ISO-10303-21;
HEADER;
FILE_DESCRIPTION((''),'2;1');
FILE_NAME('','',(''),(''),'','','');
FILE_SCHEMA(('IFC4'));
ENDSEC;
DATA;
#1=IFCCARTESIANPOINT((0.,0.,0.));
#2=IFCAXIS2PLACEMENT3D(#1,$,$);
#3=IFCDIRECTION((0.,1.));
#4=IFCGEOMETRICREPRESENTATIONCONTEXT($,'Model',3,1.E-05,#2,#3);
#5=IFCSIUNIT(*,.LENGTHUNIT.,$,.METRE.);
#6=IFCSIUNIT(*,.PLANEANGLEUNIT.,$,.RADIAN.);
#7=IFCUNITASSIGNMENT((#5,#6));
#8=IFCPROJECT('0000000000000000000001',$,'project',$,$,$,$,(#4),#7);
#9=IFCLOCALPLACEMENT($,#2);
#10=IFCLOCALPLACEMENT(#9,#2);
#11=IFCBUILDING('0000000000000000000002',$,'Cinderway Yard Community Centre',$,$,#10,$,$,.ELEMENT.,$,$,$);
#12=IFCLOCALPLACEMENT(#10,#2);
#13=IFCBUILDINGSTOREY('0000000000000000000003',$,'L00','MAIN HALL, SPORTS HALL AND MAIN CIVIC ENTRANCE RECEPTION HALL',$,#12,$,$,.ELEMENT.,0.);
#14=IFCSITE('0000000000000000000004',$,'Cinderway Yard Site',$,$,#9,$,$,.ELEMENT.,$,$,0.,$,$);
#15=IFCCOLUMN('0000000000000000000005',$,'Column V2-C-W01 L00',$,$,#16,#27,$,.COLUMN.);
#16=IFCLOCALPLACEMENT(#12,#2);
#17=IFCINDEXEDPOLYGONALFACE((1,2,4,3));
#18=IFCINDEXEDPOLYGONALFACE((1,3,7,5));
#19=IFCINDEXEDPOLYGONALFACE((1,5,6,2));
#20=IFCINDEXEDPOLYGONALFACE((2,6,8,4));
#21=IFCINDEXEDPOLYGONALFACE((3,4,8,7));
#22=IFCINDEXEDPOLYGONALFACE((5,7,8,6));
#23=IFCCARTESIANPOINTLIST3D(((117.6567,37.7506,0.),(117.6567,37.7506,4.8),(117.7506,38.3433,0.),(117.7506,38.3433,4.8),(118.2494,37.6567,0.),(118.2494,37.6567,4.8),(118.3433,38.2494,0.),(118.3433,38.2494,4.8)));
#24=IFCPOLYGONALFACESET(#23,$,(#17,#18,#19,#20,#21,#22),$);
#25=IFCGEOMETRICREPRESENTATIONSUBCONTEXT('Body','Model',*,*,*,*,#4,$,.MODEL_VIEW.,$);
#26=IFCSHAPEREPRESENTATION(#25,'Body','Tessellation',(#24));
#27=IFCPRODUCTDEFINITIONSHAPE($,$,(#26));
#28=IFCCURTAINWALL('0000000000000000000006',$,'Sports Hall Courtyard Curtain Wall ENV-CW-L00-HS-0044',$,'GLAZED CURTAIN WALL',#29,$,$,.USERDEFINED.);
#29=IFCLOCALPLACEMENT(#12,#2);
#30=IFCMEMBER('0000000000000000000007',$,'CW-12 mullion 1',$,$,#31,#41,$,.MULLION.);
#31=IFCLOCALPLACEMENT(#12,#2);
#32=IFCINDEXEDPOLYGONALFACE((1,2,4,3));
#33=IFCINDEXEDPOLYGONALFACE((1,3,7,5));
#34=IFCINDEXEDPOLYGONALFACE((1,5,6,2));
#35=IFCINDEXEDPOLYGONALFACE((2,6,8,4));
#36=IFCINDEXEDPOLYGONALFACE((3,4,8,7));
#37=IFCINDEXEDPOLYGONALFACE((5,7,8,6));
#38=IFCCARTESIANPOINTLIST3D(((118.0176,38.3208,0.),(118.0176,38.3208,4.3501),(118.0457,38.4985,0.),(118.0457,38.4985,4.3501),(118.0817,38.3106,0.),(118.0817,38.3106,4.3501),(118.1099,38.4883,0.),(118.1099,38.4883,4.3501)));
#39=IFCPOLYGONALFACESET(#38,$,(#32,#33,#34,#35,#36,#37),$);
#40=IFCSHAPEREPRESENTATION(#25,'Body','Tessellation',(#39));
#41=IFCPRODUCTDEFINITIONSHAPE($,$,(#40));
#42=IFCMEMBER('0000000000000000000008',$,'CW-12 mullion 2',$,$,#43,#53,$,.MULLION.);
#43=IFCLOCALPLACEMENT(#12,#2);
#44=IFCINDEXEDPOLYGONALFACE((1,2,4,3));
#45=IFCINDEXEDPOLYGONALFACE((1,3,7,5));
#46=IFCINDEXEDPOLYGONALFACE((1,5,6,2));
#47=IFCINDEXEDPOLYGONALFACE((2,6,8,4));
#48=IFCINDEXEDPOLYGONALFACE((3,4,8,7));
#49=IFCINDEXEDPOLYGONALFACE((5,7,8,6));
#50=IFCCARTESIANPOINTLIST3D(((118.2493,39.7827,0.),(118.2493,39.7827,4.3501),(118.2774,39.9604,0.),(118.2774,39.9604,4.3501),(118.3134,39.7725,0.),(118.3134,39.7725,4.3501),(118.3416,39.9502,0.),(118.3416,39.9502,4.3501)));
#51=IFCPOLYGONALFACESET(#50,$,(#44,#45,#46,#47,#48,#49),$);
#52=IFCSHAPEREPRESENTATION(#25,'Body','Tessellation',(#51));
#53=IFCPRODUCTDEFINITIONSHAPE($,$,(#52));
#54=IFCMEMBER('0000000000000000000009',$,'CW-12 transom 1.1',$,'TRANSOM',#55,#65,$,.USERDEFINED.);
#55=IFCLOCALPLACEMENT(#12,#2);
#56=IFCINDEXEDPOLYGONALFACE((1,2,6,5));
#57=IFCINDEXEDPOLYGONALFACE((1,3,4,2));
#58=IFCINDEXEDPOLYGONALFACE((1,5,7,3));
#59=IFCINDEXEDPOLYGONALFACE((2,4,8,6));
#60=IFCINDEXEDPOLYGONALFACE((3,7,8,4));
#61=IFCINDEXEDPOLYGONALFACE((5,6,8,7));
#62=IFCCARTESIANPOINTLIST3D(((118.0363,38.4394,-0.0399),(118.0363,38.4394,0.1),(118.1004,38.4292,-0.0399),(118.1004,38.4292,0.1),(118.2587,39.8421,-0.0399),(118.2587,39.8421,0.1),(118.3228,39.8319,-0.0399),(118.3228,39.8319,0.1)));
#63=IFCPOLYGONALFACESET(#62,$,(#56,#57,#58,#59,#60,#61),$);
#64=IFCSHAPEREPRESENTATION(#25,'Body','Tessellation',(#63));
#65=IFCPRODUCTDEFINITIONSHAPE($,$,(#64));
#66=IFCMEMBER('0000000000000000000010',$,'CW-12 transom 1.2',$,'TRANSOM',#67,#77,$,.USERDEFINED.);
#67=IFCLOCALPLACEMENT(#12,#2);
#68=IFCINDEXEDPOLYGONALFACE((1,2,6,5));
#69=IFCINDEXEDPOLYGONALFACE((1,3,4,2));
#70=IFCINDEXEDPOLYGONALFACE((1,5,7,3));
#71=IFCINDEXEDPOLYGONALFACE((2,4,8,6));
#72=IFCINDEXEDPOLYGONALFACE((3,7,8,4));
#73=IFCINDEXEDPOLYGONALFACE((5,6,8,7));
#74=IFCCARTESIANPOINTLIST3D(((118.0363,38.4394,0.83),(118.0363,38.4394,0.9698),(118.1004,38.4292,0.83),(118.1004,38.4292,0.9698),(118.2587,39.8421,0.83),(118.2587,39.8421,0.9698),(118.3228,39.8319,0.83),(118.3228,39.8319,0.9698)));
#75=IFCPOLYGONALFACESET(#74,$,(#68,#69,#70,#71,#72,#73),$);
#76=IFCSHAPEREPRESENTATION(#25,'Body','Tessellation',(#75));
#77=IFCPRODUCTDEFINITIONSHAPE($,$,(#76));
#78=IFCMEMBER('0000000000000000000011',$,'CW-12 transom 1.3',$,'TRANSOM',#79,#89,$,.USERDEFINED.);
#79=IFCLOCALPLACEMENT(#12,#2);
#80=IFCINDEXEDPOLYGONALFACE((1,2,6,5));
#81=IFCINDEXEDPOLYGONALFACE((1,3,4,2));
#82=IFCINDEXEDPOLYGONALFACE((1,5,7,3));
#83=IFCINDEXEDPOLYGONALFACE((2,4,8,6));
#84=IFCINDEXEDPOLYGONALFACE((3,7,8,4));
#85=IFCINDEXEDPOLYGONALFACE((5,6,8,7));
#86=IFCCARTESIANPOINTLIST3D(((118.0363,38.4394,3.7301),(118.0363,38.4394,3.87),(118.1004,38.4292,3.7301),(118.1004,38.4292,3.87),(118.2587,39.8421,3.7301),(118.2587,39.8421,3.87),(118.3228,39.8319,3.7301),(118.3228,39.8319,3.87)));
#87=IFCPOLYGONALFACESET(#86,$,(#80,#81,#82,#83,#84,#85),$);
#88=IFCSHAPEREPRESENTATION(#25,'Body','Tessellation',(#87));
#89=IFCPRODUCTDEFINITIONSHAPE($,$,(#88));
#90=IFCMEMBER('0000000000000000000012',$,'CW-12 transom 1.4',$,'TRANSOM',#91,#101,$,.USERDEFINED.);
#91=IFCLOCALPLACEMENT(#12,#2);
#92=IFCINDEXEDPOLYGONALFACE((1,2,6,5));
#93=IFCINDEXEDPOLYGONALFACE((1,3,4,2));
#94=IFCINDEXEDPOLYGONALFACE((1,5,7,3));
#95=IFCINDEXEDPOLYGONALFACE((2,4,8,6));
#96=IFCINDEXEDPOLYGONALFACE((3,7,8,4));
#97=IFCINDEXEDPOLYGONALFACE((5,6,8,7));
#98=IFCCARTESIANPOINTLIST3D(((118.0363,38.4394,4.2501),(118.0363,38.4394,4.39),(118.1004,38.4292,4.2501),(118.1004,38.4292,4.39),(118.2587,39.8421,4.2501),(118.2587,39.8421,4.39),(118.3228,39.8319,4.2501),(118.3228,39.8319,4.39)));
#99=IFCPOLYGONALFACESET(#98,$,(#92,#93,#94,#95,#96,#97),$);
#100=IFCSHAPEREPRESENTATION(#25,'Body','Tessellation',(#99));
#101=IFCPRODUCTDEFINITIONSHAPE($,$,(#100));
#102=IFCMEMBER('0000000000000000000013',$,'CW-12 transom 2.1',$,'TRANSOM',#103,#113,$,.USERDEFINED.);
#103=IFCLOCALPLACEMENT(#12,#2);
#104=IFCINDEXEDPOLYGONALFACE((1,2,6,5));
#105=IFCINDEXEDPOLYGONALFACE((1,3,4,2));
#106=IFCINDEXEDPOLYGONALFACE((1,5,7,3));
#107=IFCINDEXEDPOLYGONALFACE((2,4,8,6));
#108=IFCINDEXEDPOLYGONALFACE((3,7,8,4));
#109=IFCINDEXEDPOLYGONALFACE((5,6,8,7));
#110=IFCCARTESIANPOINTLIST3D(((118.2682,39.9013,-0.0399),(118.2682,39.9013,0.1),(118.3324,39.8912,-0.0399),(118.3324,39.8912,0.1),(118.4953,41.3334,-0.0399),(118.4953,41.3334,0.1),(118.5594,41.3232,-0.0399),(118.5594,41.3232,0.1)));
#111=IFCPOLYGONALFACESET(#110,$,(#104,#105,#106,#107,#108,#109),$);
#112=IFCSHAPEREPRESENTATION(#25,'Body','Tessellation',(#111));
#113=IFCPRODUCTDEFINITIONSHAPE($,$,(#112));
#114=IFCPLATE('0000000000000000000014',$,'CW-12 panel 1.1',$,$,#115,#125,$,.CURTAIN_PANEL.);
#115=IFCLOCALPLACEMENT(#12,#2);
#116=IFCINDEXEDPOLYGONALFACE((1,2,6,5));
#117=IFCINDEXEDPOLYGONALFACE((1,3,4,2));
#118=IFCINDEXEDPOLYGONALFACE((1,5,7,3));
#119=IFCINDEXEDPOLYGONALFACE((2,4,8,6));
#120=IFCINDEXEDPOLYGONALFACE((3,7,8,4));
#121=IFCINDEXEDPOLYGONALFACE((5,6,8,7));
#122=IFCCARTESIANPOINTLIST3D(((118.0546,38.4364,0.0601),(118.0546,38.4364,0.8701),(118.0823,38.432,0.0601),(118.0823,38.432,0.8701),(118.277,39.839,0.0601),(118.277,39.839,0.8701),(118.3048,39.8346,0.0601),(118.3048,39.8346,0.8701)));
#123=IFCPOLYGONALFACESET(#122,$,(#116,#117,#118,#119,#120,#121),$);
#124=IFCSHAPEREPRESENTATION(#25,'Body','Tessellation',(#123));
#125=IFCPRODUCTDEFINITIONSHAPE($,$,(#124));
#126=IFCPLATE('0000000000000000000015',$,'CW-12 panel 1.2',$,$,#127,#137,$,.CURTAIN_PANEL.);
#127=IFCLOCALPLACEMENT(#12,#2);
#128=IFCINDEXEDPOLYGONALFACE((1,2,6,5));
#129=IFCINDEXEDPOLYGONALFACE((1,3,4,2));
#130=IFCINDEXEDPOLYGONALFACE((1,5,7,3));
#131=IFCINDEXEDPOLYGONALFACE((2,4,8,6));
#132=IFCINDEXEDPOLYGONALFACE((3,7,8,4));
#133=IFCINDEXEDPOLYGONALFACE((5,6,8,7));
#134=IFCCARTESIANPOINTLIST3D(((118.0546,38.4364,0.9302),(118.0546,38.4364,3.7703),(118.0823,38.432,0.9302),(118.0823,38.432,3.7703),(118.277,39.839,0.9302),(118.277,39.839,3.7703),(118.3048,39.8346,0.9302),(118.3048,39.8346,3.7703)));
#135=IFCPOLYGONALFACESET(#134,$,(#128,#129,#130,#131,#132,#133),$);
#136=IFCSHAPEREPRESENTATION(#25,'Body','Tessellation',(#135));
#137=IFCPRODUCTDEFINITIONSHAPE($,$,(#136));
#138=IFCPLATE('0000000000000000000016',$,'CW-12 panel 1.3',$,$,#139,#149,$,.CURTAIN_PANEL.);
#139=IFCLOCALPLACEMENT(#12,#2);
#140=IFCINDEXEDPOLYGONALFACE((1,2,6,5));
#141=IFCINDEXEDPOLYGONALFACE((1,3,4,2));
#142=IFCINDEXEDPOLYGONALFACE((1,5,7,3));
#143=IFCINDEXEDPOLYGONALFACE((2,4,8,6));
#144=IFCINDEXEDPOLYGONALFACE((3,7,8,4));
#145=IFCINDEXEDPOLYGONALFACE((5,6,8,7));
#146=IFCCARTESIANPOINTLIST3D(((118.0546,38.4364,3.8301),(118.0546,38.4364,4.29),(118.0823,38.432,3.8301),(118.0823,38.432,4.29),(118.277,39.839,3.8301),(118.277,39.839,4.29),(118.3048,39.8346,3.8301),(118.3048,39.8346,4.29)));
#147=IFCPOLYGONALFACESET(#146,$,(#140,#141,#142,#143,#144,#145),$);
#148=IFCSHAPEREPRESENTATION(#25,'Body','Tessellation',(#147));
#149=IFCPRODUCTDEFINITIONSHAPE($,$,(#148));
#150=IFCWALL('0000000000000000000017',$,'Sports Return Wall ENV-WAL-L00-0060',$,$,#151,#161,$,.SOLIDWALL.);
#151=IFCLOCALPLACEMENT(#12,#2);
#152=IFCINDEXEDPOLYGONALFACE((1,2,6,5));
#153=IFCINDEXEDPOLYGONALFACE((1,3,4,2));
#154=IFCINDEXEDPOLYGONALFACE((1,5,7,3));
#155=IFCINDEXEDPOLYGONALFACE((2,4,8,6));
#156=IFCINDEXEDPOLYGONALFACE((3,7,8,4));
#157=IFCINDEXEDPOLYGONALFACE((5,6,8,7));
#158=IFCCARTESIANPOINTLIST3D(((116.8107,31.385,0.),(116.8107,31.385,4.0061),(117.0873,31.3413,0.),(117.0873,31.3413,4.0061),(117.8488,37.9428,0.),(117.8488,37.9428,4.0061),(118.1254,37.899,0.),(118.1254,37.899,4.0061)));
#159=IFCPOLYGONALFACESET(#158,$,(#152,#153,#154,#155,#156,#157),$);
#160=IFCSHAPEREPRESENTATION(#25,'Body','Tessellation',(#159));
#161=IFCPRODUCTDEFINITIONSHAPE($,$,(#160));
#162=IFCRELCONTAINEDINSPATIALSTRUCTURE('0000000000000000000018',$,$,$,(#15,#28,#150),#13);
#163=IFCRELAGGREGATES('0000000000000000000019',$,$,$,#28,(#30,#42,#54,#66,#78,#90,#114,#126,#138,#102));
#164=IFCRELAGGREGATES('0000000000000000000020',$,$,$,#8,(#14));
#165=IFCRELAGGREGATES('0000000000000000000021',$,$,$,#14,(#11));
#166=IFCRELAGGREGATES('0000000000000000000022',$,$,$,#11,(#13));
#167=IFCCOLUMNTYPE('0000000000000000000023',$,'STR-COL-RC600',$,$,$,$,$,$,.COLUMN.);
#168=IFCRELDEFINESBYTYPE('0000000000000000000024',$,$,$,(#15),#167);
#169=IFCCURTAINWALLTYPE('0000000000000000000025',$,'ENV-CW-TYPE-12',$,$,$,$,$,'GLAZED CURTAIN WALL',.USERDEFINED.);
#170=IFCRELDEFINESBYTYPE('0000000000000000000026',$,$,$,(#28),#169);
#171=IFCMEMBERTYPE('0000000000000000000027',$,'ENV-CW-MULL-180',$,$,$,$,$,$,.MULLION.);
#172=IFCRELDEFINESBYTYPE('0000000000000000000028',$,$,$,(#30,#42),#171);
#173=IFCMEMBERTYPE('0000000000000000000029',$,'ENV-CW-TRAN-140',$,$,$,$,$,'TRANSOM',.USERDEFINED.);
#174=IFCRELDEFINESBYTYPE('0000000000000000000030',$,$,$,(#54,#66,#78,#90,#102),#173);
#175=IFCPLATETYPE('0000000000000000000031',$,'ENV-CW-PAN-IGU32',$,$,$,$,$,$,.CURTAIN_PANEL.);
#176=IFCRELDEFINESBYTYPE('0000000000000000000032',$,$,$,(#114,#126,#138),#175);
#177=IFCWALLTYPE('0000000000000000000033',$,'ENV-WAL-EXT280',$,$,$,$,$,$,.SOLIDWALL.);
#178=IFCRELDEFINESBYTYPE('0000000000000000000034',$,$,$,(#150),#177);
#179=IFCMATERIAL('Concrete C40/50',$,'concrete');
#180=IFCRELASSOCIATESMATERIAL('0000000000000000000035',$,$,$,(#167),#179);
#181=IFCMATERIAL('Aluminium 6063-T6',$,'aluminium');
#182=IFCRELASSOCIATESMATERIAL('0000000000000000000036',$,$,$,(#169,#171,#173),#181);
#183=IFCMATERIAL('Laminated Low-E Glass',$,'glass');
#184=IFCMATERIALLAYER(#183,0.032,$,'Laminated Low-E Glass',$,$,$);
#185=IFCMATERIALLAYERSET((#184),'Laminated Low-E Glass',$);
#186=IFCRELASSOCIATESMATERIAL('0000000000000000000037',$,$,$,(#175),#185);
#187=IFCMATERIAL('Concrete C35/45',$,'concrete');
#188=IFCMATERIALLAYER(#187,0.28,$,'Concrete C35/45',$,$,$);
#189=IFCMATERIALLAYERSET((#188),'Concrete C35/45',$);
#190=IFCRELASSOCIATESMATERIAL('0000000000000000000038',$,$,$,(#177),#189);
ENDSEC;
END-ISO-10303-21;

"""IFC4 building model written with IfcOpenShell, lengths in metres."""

from ifc_helpers import new_model, si_unit, direction, frame, frame_2d, origin, origin_2d, place, context, subcontext, project, spatial, rectangle, extrude, material, layer, layer_set, material_profile, profile_set, type_object, element, aggregate, save


model = new_model("IFC4")

# Units and contexts
model_context = context("Model", 3, precision=1e-05, world=origin(), true_north=direction((0.0, 1.0)))
body_context = subcontext(model_context, "Body", "Model", "MODEL_VIEW")
ifc_project = project(units=[si_unit("LENGTHUNIT", "METRE"), si_unit("PLANEANGLEUNIT", "RADIAN")], contexts=[model_context])

# Site, building, storey
site_placement = place(None, origin())
site = spatial("IfcSite", under=ifc_project, at=site_placement, Name="Cinderway Yard Site", CompositionType="ELEMENT", RefElevation=0.0)
building_placement = place(site_placement, origin())
building = spatial("IfcBuilding", under=site, at=building_placement, Name="Cinderway Yard Community Centre", CompositionType="ELEMENT")
storey_placement = place(building_placement, origin())
storey = spatial("IfcBuildingStorey", under=building, at=storey_placement, Name="L00", Description="MAIN HALL, SPORTS HALL AND MAIN CIVIC ENTRANCE RECEPTION HALL", CompositionType="ELEMENT", Elevation=0.0)

# Shared definitions
ifc_material_1 = material(Name="Concrete C40/50", Category="concrete")

# Column
ifc_material_profile_1 = material_profile(ifc_material_1, rectangle(XDim=0.6001, YDim=0.6001, at=origin_2d()), Name="Concrete C40/50")
ifc_profile_set_1 = profile_set([ifc_material_profile_1], Name="Concrete C40/50")
column_type_1 = type_object("IfcColumnType", Name="STR-COL-RC600", PredefinedType="COLUMN", material=ifc_profile_set_1)
column_1_placement = place(storey_placement, frame((118.0, 38.0, 0.0), z_axis=(0.0, 0.0, 1.0), x_axis=(0.987688, -0.156434, 0.0)))
element("IfcColumn", 1, at=column_1_placement, inside=storey, type_object=column_type_1, Name="Column V2-C-W01 L00", PredefinedType="COLUMN", context=body_context, shape_type="SweptSolid", body=[
    extrude(rectangle(XDim=0.6001, YDim=0.6001, at=origin_2d()), origin(), (0.0, 0.0, 1.0), 4.8),
])

# Curtain wall, members, plates
ifc_material_2 = material(Name="Aluminium 6063-T6", Category="aluminium")
curtain_wall_type = type_object("IfcCurtainWallType", Name="ENV-CW-TYPE-12", ElementType="GLAZED CURTAIN WALL", PredefinedType="USERDEFINED", material=ifc_material_2)
curtain_wall_placement = place(storey_placement, origin())
curtain_wall = element("IfcCurtainWall", 2, at=curtain_wall_placement, inside=storey, type_object=curtain_wall_type, Name="Sports Hall Courtyard Curtain Wall ENV-CW-L00-HS-0044", ObjectType="GLAZED CURTAIN WALL", PredefinedType="USERDEFINED")
ifc_material_profile_2 = material_profile(ifc_material_2, rectangle(XDim=0.0649, YDim=0.1799, at=origin_2d()), Name="Aluminium 6063-T6")
ifc_profile_set_2 = profile_set([ifc_material_profile_2], Name="Aluminium 6063-T6")
member_type_1 = type_object("IfcMemberType", Name="ENV-CW-MULL-180", PredefinedType="MULLION", material=ifc_profile_set_2)
member_1_placement = place(storey_placement, frame((118.0637, 38.4045, 0.0), z_axis=(0.0, 0.0, 1.0), x_axis=(-0.987661, 0.156609, 0.0)))
member_1 = element("IfcMember", 3, at=member_1_placement, type_object=member_type_1, Name="CW-12 mullion 1", PredefinedType="MULLION", context=body_context, shape_type="SweptSolid", body=[
    extrude(rectangle(XDim=0.0649, YDim=0.1799, at=origin_2d()), origin(), (0.0, 0.0, 1.0), 4.3501),
])
member_2_placement = place(storey_placement, frame((118.2954, 39.8665, 0.0), z_axis=(0.0, 0.0, 1.0), x_axis=(-0.987661, 0.156609, 0.0)))
member_2 = element("IfcMember", 4, at=member_2_placement, type_object=member_type_1, Name="CW-12 mullion 2", PredefinedType="MULLION", context=body_context, shape_type="SweptSolid", body=[
    extrude(rectangle(XDim=0.0649, YDim=0.1799, at=origin_2d()), origin(), (0.0, 0.0, 1.0), 4.3501),
])
ifc_material_profile_3 = material_profile(ifc_material_2, rectangle(XDim=0.0649, YDim=0.1399, at=origin_2d()), Name="Aluminium 6063-T6")
ifc_profile_set_3 = profile_set([ifc_material_profile_3], Name="Aluminium 6063-T6")
member_type_2 = type_object("IfcMemberType", Name="ENV-CW-TRAN-140", ElementType="TRANSOM", PredefinedType="USERDEFINED", material=ifc_profile_set_3)
member_3_placement = place(storey_placement, frame((118.0684, 38.4343, 0.03), z_axis=(0.156616, 0.98766, 0.0), x_axis=(-0.98766, 0.156616, 0.0)))
member_3 = element("IfcMember", 5, at=member_3_placement, type_object=member_type_2, Name="CW-12 transom 1.1", ObjectType="TRANSOM", PredefinedType="USERDEFINED", context=body_context, shape_type="SweptSolid", body=[
    extrude(rectangle(XDim=0.0649, YDim=0.1399, at=origin_2d()), origin(), (0.0, 0.0, 1.0), 1.4202),
])
member_4_placement = place(storey_placement, frame((118.0684, 38.4343, 0.8999), z_axis=(0.156616, 0.98766, 0.0), x_axis=(-0.98766, 0.156616, 0.0)))
member_4 = element("IfcMember", 6, at=member_4_placement, type_object=member_type_2, Name="CW-12 transom 1.2", ObjectType="TRANSOM", PredefinedType="USERDEFINED", context=body_context, shape_type="SweptSolid", body=[
    extrude(rectangle(XDim=0.0649, YDim=0.1399, at=origin_2d()), origin(), (0.0, 0.0, 1.0), 1.4202),
])
member_5_placement = place(storey_placement, frame((118.0684, 38.4343, 3.8), z_axis=(0.156616, 0.98766, 0.0), x_axis=(-0.98766, 0.156616, 0.0)))
member_5 = element("IfcMember", 7, at=member_5_placement, type_object=member_type_2, Name="CW-12 transom 1.3", ObjectType="TRANSOM", PredefinedType="USERDEFINED", context=body_context, shape_type="SweptSolid", body=[
    extrude(rectangle(XDim=0.0649, YDim=0.1399, at=origin_2d()), origin(), (0.0, 0.0, 1.0), 1.4202),
])
member_6_placement = place(storey_placement, frame((118.0684, 38.4343, 4.3201), z_axis=(0.156616, 0.98766, 0.0), x_axis=(-0.98766, 0.156616, 0.0)))
member_6 = element("IfcMember", 8, at=member_6_placement, type_object=member_type_2, Name="CW-12 transom 1.4", ObjectType="TRANSOM", PredefinedType="USERDEFINED", context=body_context, shape_type="SweptSolid", body=[
    extrude(rectangle(XDim=0.0649, YDim=0.1399, at=origin_2d()), origin(), (0.0, 0.0, 1.0), 1.4202),
])
member_7_placement = place(storey_placement, frame((118.3003, 39.8962, 0.03), z_axis=(0.156585, 0.987664, 0.0), x_axis=(-0.987664, 0.156585, 0.0)))
member_7 = element("IfcMember", 9, at=member_7_placement, type_object=member_type_2, Name="CW-12 transom 2.1", ObjectType="TRANSOM", PredefinedType="USERDEFINED", context=body_context, shape_type="SweptSolid", body=[
    extrude(rectangle(XDim=0.0649, YDim=0.1399, at=origin_2d()), origin(), (0.0, 0.0, 1.0), 1.45),
])
ifc_material_3 = material(Name="Laminated Low-E Glass", Category="glass")
ifc_layer_1 = layer(ifc_material_3, 0.032, Name="Laminated Low-E Glass")
ifc_layer_set_1 = layer_set([ifc_layer_1], Name="Laminated Low-E Glass")
plate_type = type_object("IfcPlateType", Name="ENV-CW-PAN-IGU32", PredefinedType="CURTAIN_PANEL", material=ifc_layer_set_1)
plate_1_placement = place(storey_placement, frame((118.1797, 39.1355, 0.0601), z_axis=(0.0, 0.0, 1.0), x_axis=(0.156609, 0.987661, 0.0)))
plate_1 = element("IfcPlate", 10, at=plate_1_placement, type_object=plate_type, Name="CW-12 panel 1.1", PredefinedType="CURTAIN_PANEL", context=body_context, shape_type="SweptSolid", body=[
    extrude(rectangle(XDim=1.4202, YDim=0.0281, at=origin_2d()), origin(), (0.0, 0.0, 1.0), 0.8101),
])
plate_2_placement = place(storey_placement, frame((118.1797, 39.1355, 0.9302), z_axis=(0.0, 0.0, 1.0), x_axis=(0.156609, 0.987661, 0.0)))
plate_2 = element("IfcPlate", 11, at=plate_2_placement, type_object=plate_type, Name="CW-12 panel 1.2", PredefinedType="CURTAIN_PANEL", context=body_context, shape_type="SweptSolid", body=[
    extrude(rectangle(XDim=1.4202, YDim=0.0281, at=origin_2d()), origin(), (0.0, 0.0, 1.0), 2.8401),
])
plate_3_placement = place(storey_placement, frame((118.1797, 39.1355, 3.8301), z_axis=(0.0, 0.0, 1.0), x_axis=(0.156609, 0.987661, 0.0)))
plate_3 = element("IfcPlate", 12, at=plate_3_placement, type_object=plate_type, Name="CW-12 panel 1.3", PredefinedType="CURTAIN_PANEL", context=body_context, shape_type="SweptSolid", body=[
    extrude(rectangle(XDim=1.4202, YDim=0.0281, at=origin_2d()), origin(), (0.0, 0.0, 1.0), 0.46),
])
aggregate(curtain_wall, [member_1, member_2, member_3, member_4, member_5, member_6, plate_1, plate_2, plate_3, member_7])

# Wall
ifc_material_4 = material(Name="Concrete C35/45", Category="concrete")
ifc_layer_2 = layer(ifc_material_4, 0.28, Name="Concrete C35/45")
ifc_layer_set_2 = layer_set([ifc_layer_2], Name="Concrete C35/45")
wall_type_1 = type_object("IfcWallType", Name="ENV-WAL-EXT280", PredefinedType="SOLIDWALL", material=ifc_layer_set_2)
wall_1_placement = place(storey_placement, frame((116.949, 31.363, 0.0), z_axis=(0.0, 0.0, 1.0), x_axis=(0.15635, 0.987702, 0.0)))
element("IfcWall", 13, at=wall_1_placement, inside=storey, type_object=wall_type_1, Name="Sports Return Wall ENV-WAL-L00-0060", PredefinedType="SOLIDWALL", context=body_context, shape_type="SweptSolid", body=[
    extrude(rectangle(XDim=6.6394, YDim=0.28, at=frame_2d((3.3198, 0.0))), origin(), (0.0, 0.0, 1.0), 4.0061),
])

save(model, "model.ifc")
